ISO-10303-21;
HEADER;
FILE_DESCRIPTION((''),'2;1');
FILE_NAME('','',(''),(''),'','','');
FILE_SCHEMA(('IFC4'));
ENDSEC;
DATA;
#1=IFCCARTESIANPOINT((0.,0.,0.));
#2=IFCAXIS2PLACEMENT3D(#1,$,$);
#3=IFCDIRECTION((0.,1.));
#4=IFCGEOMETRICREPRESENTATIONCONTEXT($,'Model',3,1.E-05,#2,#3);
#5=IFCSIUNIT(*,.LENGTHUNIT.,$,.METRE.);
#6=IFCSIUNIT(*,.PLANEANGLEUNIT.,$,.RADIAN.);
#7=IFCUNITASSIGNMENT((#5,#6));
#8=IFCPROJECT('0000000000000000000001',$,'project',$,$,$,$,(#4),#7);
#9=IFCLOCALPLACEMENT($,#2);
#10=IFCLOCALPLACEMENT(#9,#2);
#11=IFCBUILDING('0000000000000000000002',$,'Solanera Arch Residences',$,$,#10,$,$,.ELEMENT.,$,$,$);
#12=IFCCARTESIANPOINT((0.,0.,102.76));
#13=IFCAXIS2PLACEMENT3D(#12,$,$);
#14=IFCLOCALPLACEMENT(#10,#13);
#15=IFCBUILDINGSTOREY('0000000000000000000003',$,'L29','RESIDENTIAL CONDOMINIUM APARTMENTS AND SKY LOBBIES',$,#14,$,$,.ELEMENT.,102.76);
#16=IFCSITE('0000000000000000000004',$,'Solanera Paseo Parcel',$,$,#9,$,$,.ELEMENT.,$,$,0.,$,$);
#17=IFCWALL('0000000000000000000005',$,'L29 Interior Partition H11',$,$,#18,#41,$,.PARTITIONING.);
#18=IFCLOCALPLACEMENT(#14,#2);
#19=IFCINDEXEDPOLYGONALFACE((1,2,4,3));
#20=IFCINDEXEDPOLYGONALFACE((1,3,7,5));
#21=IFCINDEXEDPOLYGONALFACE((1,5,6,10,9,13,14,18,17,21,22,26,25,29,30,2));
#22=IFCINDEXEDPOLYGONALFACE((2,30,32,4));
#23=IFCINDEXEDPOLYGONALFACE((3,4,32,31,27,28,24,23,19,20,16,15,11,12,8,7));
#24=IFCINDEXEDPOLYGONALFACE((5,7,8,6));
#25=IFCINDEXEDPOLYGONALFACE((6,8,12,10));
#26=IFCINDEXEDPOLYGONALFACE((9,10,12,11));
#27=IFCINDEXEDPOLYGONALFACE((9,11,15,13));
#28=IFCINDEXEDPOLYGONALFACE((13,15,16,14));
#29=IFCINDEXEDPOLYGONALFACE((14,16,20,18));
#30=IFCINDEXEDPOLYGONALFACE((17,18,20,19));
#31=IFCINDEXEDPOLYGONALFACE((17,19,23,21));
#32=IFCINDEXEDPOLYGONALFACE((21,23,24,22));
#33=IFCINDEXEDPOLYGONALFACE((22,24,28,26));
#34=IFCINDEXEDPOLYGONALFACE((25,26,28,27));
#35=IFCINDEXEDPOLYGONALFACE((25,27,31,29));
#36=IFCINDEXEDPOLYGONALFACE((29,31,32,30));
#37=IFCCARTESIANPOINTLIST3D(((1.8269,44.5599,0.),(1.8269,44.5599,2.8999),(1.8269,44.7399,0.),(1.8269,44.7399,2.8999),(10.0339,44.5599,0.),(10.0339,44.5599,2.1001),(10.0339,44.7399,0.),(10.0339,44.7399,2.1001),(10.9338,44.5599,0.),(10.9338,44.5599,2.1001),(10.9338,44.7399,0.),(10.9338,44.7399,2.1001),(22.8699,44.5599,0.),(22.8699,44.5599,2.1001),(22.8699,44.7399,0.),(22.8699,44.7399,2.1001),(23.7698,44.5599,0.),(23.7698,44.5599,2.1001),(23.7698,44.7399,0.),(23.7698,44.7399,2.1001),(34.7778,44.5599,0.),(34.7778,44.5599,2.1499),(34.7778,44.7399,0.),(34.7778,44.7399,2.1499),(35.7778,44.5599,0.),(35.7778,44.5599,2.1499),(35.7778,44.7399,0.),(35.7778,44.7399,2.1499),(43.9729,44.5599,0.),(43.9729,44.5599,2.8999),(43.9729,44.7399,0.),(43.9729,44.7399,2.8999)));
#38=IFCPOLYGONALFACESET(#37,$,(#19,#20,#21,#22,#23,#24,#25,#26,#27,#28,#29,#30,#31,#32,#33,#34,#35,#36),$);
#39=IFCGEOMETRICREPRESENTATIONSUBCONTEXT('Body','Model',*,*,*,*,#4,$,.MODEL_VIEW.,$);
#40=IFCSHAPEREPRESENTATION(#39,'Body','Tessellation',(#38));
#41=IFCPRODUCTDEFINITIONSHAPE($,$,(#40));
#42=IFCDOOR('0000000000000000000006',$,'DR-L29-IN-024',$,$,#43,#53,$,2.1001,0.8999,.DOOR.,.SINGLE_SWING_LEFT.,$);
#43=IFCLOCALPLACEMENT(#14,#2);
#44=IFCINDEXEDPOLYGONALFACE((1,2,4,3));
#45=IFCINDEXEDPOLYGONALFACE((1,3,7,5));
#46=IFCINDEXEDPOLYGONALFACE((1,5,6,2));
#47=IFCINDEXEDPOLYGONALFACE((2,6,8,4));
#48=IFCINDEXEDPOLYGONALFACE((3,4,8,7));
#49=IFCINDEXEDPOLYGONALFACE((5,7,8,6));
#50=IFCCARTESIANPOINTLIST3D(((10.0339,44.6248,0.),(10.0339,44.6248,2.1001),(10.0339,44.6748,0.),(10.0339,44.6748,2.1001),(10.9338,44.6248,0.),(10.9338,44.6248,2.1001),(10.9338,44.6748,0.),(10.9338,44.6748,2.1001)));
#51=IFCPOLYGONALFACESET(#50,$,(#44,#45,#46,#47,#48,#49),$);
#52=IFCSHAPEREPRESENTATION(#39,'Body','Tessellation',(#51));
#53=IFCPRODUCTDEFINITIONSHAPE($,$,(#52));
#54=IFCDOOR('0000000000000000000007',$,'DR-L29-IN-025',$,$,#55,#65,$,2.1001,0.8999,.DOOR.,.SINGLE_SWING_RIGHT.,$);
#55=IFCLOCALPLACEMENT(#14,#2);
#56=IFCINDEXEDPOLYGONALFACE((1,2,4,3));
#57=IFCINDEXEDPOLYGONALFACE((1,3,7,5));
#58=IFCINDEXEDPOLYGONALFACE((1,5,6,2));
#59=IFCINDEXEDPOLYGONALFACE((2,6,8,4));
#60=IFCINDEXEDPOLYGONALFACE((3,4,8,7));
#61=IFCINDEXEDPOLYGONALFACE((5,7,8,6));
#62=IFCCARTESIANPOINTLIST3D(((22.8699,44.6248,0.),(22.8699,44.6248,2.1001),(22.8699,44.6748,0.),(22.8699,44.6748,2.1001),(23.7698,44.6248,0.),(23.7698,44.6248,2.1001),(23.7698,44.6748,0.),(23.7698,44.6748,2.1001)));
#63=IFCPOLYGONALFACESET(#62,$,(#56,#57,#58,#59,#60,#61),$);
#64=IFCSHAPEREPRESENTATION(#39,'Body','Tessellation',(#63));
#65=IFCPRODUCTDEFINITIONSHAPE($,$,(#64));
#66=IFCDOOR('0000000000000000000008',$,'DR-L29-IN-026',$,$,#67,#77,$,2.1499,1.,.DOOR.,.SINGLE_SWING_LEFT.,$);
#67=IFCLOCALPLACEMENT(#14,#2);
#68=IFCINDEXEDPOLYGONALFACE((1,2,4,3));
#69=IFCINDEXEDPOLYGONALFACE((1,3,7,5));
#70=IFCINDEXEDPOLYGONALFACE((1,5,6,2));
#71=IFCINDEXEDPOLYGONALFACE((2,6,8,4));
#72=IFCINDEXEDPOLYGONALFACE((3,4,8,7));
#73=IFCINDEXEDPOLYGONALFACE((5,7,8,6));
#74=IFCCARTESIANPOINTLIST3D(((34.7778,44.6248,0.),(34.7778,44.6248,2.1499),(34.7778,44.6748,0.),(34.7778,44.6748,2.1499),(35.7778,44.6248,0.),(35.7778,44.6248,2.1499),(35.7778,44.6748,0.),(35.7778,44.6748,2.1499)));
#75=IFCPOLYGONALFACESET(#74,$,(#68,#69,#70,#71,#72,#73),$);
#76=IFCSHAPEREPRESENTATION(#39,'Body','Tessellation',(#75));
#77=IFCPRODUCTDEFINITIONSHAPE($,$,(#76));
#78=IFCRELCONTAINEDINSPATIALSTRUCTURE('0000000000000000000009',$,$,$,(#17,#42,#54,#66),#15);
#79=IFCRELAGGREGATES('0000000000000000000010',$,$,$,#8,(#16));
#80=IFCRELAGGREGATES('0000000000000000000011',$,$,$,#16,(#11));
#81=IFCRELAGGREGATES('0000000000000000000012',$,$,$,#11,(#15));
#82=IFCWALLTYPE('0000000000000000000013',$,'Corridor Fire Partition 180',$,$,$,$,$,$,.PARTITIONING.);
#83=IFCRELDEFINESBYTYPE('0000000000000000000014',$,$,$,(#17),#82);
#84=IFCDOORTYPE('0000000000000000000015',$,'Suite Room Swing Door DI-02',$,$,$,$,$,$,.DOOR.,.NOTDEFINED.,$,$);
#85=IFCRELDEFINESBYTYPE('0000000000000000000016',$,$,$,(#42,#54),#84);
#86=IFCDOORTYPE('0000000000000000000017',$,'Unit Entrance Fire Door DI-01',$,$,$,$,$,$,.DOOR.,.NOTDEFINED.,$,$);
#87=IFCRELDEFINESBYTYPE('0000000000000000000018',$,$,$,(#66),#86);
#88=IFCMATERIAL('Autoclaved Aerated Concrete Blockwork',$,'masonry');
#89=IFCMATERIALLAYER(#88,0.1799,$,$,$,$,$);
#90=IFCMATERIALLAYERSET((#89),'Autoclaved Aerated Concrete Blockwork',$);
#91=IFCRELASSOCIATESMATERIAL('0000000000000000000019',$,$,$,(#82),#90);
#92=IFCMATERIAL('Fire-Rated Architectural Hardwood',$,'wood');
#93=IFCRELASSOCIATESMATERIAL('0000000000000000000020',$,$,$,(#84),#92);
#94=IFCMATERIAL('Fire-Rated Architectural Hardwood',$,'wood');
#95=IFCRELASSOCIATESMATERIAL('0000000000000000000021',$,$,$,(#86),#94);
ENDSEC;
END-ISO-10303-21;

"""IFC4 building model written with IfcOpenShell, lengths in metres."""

from ifc_helpers import new_model, si_unit, direction, frame, frame_2d, origin, place, context, subcontext, project, spatial, rectangle, extrude, material, layer, layer_set, type_object, element, fill, save


model = new_model("IFC4")

# Units and contexts
model_context = context("Model", 3, precision=1e-05, world=origin(), true_north=direction((0.0, 1.0)))
body_context = subcontext(model_context, "Body", "Model", "MODEL_VIEW")
ifc_project = project(units=[si_unit("LENGTHUNIT", "METRE"), si_unit("PLANEANGLEUNIT", "RADIAN")], contexts=[model_context])

# Site, building, storey
site_placement = place(None, origin())
site = spatial("IfcSite", under=ifc_project, at=site_placement, Name="Solanera Paseo Parcel", CompositionType="ELEMENT", RefElevation=0.0)
building_placement = place(site_placement, origin())
building = spatial("IfcBuilding", under=site, at=building_placement, Name="Solanera Arch Residences", CompositionType="ELEMENT")
storey_placement = place(building_placement, frame((0.0, 0.0, 102.76)))
storey = spatial("IfcBuildingStorey", under=building, at=storey_placement, Name="L29", Description="RESIDENTIAL CONDOMINIUM APARTMENTS AND SKY LOBBIES", CompositionType="ELEMENT", Elevation=102.76)

# Wall, openings, doors
ifc_material_1 = material(Name="Autoclaved Aerated Concrete Blockwork", Category="masonry")
ifc_layer_1 = layer(ifc_material_1, 0.1799)
ifc_layer_set_1 = layer_set([ifc_layer_1], Name="Autoclaved Aerated Concrete Blockwork")
wall_type_1 = type_object("IfcWallType", Name="Corridor Fire Partition 180", PredefinedType="PARTITIONING", material=ifc_layer_set_1)
ifc_material_2 = material(Name="Fire-Rated Architectural Hardwood", Category="wood")
door_type_1 = type_object("IfcDoorType", Name="Suite Room Swing Door DI-02", OperationType="NOTDEFINED", PredefinedType="DOOR", material=ifc_material_2)
wall_1_placement = place(storey_placement, frame((1.8269, 44.6499, 0.0), z_axis=(0.0, 0.0, 1.0), x_axis=(1.0, 0.0, 0.0)))
wall_1 = element("IfcWall", 1, at=wall_1_placement, inside=storey, type_object=wall_type_1, Name="L29 Interior Partition H11", PredefinedType="PARTITIONING", context=body_context, shape_type="SweptSolid", body=[
    extrude(rectangle(XDim=42.146, YDim=0.1799, at=frame_2d((21.073, 0.0))), origin(), (0.0, 0.0, 1.0), 2.8999),
])
opening_1_placement = place(wall_1_placement, frame((8.207, 0.0, 0.0)))
opening_1 = element("IfcOpeningElement", 2, at=opening_1_placement, cuts=wall_1, PredefinedType="OPENING", context=body_context, shape_type="SweptSolid", body=[
    extrude(rectangle(XDim=0.8999, YDim=2.1001, at=frame_2d((0.45, 1.05))), frame((0.0, 0.1001, 0.0), z_axis=(0.0, -1.0, 0.0), x_axis=(1.0, 0.0, 0.0)), (0.0, 0.0, 1.0), 0.1999),
])
opening_2_placement = place(wall_1_placement, frame((21.043, 0.0, 0.0)))
opening_2 = element("IfcOpeningElement", 3, at=opening_2_placement, cuts=wall_1, PredefinedType="OPENING", context=body_context, shape_type="SweptSolid", body=[
    extrude(rectangle(XDim=0.8999, YDim=2.1001, at=frame_2d((0.45, 1.05))), frame((0.0, 0.1001, 0.0), z_axis=(0.0, -1.0, 0.0), x_axis=(1.0, 0.0, 0.0)), (0.0, 0.0, 1.0), 0.1999),
])
opening_3_placement = place(wall_1_placement, frame((32.9509, 0.0, 0.0)))
opening_3 = element("IfcOpeningElement", 4, at=opening_3_placement, cuts=wall_1, PredefinedType="OPENING", context=body_context, shape_type="SweptSolid", body=[
    extrude(rectangle(XDim=1.0, YDim=2.1499, at=frame_2d((0.5, 1.075))), frame((0.0, 0.1001, 0.0), z_axis=(0.0, -1.0, 0.0), x_axis=(1.0, 0.0, 0.0)), (0.0, 0.0, 1.0), 0.1999),
])
door_1_placement = place(opening_1_placement, origin())
door_1 = element("IfcDoor", 5, at=door_1_placement, inside=storey, type_object=door_type_1, Name="DR-L29-IN-024", OperationType="SINGLE_SWING_LEFT", OverallHeight=2.1001, OverallWidth=0.8999, PredefinedType="DOOR", context=body_context, shape_type="SweptSolid", body=[
    extrude(rectangle(XDim=0.8999, YDim=2.1001, at=frame_2d((0.45, 1.05))), frame((0.0, 0.0249, 0.0), z_axis=(0.0, -1.0, 0.0), x_axis=(1.0, 0.0, 0.0)), (0.0, 0.0, 1.0), 0.05),
])
fill(opening_1, door_1)
door_2_placement = place(opening_2_placement, origin())
door_2 = element("IfcDoor", 6, at=door_2_placement, inside=storey, type_object=door_type_1, Name="DR-L29-IN-025", OperationType="SINGLE_SWING_RIGHT", OverallHeight=2.1001, OverallWidth=0.8999, PredefinedType="DOOR", context=body_context, shape_type="SweptSolid", body=[
    extrude(rectangle(XDim=0.8999, YDim=2.1001, at=frame_2d((0.45, 1.05))), frame((0.0, 0.0249, 0.0), z_axis=(0.0, -1.0, 0.0), x_axis=(1.0, 0.0, 0.0)), (0.0, 0.0, 1.0), 0.05),
])
fill(opening_2, door_2)
ifc_material_3 = material(Name="Fire-Rated Architectural Hardwood", Category="wood")
door_type_2 = type_object("IfcDoorType", Name="Unit Entrance Fire Door DI-01", OperationType="NOTDEFINED", PredefinedType="DOOR", material=ifc_material_3)
door_3_placement = place(opening_3_placement, origin())
door_3 = element("IfcDoor", 7, at=door_3_placement, inside=storey, type_object=door_type_2, Name="DR-L29-IN-026", OperationType="SINGLE_SWING_LEFT", OverallHeight=2.1499, OverallWidth=1.0, PredefinedType="DOOR", context=body_context, shape_type="SweptSolid", body=[
    extrude(rectangle(XDim=1.0, YDim=2.1499, at=frame_2d((0.5, 1.075))), frame((0.0, 0.0249, 0.0), z_axis=(0.0, -1.0, 0.0), x_axis=(1.0, 0.0, 0.0)), (0.0, 0.0, 1.0), 0.05),
])
fill(opening_3, door_3)

save(model, "model.ifc")
